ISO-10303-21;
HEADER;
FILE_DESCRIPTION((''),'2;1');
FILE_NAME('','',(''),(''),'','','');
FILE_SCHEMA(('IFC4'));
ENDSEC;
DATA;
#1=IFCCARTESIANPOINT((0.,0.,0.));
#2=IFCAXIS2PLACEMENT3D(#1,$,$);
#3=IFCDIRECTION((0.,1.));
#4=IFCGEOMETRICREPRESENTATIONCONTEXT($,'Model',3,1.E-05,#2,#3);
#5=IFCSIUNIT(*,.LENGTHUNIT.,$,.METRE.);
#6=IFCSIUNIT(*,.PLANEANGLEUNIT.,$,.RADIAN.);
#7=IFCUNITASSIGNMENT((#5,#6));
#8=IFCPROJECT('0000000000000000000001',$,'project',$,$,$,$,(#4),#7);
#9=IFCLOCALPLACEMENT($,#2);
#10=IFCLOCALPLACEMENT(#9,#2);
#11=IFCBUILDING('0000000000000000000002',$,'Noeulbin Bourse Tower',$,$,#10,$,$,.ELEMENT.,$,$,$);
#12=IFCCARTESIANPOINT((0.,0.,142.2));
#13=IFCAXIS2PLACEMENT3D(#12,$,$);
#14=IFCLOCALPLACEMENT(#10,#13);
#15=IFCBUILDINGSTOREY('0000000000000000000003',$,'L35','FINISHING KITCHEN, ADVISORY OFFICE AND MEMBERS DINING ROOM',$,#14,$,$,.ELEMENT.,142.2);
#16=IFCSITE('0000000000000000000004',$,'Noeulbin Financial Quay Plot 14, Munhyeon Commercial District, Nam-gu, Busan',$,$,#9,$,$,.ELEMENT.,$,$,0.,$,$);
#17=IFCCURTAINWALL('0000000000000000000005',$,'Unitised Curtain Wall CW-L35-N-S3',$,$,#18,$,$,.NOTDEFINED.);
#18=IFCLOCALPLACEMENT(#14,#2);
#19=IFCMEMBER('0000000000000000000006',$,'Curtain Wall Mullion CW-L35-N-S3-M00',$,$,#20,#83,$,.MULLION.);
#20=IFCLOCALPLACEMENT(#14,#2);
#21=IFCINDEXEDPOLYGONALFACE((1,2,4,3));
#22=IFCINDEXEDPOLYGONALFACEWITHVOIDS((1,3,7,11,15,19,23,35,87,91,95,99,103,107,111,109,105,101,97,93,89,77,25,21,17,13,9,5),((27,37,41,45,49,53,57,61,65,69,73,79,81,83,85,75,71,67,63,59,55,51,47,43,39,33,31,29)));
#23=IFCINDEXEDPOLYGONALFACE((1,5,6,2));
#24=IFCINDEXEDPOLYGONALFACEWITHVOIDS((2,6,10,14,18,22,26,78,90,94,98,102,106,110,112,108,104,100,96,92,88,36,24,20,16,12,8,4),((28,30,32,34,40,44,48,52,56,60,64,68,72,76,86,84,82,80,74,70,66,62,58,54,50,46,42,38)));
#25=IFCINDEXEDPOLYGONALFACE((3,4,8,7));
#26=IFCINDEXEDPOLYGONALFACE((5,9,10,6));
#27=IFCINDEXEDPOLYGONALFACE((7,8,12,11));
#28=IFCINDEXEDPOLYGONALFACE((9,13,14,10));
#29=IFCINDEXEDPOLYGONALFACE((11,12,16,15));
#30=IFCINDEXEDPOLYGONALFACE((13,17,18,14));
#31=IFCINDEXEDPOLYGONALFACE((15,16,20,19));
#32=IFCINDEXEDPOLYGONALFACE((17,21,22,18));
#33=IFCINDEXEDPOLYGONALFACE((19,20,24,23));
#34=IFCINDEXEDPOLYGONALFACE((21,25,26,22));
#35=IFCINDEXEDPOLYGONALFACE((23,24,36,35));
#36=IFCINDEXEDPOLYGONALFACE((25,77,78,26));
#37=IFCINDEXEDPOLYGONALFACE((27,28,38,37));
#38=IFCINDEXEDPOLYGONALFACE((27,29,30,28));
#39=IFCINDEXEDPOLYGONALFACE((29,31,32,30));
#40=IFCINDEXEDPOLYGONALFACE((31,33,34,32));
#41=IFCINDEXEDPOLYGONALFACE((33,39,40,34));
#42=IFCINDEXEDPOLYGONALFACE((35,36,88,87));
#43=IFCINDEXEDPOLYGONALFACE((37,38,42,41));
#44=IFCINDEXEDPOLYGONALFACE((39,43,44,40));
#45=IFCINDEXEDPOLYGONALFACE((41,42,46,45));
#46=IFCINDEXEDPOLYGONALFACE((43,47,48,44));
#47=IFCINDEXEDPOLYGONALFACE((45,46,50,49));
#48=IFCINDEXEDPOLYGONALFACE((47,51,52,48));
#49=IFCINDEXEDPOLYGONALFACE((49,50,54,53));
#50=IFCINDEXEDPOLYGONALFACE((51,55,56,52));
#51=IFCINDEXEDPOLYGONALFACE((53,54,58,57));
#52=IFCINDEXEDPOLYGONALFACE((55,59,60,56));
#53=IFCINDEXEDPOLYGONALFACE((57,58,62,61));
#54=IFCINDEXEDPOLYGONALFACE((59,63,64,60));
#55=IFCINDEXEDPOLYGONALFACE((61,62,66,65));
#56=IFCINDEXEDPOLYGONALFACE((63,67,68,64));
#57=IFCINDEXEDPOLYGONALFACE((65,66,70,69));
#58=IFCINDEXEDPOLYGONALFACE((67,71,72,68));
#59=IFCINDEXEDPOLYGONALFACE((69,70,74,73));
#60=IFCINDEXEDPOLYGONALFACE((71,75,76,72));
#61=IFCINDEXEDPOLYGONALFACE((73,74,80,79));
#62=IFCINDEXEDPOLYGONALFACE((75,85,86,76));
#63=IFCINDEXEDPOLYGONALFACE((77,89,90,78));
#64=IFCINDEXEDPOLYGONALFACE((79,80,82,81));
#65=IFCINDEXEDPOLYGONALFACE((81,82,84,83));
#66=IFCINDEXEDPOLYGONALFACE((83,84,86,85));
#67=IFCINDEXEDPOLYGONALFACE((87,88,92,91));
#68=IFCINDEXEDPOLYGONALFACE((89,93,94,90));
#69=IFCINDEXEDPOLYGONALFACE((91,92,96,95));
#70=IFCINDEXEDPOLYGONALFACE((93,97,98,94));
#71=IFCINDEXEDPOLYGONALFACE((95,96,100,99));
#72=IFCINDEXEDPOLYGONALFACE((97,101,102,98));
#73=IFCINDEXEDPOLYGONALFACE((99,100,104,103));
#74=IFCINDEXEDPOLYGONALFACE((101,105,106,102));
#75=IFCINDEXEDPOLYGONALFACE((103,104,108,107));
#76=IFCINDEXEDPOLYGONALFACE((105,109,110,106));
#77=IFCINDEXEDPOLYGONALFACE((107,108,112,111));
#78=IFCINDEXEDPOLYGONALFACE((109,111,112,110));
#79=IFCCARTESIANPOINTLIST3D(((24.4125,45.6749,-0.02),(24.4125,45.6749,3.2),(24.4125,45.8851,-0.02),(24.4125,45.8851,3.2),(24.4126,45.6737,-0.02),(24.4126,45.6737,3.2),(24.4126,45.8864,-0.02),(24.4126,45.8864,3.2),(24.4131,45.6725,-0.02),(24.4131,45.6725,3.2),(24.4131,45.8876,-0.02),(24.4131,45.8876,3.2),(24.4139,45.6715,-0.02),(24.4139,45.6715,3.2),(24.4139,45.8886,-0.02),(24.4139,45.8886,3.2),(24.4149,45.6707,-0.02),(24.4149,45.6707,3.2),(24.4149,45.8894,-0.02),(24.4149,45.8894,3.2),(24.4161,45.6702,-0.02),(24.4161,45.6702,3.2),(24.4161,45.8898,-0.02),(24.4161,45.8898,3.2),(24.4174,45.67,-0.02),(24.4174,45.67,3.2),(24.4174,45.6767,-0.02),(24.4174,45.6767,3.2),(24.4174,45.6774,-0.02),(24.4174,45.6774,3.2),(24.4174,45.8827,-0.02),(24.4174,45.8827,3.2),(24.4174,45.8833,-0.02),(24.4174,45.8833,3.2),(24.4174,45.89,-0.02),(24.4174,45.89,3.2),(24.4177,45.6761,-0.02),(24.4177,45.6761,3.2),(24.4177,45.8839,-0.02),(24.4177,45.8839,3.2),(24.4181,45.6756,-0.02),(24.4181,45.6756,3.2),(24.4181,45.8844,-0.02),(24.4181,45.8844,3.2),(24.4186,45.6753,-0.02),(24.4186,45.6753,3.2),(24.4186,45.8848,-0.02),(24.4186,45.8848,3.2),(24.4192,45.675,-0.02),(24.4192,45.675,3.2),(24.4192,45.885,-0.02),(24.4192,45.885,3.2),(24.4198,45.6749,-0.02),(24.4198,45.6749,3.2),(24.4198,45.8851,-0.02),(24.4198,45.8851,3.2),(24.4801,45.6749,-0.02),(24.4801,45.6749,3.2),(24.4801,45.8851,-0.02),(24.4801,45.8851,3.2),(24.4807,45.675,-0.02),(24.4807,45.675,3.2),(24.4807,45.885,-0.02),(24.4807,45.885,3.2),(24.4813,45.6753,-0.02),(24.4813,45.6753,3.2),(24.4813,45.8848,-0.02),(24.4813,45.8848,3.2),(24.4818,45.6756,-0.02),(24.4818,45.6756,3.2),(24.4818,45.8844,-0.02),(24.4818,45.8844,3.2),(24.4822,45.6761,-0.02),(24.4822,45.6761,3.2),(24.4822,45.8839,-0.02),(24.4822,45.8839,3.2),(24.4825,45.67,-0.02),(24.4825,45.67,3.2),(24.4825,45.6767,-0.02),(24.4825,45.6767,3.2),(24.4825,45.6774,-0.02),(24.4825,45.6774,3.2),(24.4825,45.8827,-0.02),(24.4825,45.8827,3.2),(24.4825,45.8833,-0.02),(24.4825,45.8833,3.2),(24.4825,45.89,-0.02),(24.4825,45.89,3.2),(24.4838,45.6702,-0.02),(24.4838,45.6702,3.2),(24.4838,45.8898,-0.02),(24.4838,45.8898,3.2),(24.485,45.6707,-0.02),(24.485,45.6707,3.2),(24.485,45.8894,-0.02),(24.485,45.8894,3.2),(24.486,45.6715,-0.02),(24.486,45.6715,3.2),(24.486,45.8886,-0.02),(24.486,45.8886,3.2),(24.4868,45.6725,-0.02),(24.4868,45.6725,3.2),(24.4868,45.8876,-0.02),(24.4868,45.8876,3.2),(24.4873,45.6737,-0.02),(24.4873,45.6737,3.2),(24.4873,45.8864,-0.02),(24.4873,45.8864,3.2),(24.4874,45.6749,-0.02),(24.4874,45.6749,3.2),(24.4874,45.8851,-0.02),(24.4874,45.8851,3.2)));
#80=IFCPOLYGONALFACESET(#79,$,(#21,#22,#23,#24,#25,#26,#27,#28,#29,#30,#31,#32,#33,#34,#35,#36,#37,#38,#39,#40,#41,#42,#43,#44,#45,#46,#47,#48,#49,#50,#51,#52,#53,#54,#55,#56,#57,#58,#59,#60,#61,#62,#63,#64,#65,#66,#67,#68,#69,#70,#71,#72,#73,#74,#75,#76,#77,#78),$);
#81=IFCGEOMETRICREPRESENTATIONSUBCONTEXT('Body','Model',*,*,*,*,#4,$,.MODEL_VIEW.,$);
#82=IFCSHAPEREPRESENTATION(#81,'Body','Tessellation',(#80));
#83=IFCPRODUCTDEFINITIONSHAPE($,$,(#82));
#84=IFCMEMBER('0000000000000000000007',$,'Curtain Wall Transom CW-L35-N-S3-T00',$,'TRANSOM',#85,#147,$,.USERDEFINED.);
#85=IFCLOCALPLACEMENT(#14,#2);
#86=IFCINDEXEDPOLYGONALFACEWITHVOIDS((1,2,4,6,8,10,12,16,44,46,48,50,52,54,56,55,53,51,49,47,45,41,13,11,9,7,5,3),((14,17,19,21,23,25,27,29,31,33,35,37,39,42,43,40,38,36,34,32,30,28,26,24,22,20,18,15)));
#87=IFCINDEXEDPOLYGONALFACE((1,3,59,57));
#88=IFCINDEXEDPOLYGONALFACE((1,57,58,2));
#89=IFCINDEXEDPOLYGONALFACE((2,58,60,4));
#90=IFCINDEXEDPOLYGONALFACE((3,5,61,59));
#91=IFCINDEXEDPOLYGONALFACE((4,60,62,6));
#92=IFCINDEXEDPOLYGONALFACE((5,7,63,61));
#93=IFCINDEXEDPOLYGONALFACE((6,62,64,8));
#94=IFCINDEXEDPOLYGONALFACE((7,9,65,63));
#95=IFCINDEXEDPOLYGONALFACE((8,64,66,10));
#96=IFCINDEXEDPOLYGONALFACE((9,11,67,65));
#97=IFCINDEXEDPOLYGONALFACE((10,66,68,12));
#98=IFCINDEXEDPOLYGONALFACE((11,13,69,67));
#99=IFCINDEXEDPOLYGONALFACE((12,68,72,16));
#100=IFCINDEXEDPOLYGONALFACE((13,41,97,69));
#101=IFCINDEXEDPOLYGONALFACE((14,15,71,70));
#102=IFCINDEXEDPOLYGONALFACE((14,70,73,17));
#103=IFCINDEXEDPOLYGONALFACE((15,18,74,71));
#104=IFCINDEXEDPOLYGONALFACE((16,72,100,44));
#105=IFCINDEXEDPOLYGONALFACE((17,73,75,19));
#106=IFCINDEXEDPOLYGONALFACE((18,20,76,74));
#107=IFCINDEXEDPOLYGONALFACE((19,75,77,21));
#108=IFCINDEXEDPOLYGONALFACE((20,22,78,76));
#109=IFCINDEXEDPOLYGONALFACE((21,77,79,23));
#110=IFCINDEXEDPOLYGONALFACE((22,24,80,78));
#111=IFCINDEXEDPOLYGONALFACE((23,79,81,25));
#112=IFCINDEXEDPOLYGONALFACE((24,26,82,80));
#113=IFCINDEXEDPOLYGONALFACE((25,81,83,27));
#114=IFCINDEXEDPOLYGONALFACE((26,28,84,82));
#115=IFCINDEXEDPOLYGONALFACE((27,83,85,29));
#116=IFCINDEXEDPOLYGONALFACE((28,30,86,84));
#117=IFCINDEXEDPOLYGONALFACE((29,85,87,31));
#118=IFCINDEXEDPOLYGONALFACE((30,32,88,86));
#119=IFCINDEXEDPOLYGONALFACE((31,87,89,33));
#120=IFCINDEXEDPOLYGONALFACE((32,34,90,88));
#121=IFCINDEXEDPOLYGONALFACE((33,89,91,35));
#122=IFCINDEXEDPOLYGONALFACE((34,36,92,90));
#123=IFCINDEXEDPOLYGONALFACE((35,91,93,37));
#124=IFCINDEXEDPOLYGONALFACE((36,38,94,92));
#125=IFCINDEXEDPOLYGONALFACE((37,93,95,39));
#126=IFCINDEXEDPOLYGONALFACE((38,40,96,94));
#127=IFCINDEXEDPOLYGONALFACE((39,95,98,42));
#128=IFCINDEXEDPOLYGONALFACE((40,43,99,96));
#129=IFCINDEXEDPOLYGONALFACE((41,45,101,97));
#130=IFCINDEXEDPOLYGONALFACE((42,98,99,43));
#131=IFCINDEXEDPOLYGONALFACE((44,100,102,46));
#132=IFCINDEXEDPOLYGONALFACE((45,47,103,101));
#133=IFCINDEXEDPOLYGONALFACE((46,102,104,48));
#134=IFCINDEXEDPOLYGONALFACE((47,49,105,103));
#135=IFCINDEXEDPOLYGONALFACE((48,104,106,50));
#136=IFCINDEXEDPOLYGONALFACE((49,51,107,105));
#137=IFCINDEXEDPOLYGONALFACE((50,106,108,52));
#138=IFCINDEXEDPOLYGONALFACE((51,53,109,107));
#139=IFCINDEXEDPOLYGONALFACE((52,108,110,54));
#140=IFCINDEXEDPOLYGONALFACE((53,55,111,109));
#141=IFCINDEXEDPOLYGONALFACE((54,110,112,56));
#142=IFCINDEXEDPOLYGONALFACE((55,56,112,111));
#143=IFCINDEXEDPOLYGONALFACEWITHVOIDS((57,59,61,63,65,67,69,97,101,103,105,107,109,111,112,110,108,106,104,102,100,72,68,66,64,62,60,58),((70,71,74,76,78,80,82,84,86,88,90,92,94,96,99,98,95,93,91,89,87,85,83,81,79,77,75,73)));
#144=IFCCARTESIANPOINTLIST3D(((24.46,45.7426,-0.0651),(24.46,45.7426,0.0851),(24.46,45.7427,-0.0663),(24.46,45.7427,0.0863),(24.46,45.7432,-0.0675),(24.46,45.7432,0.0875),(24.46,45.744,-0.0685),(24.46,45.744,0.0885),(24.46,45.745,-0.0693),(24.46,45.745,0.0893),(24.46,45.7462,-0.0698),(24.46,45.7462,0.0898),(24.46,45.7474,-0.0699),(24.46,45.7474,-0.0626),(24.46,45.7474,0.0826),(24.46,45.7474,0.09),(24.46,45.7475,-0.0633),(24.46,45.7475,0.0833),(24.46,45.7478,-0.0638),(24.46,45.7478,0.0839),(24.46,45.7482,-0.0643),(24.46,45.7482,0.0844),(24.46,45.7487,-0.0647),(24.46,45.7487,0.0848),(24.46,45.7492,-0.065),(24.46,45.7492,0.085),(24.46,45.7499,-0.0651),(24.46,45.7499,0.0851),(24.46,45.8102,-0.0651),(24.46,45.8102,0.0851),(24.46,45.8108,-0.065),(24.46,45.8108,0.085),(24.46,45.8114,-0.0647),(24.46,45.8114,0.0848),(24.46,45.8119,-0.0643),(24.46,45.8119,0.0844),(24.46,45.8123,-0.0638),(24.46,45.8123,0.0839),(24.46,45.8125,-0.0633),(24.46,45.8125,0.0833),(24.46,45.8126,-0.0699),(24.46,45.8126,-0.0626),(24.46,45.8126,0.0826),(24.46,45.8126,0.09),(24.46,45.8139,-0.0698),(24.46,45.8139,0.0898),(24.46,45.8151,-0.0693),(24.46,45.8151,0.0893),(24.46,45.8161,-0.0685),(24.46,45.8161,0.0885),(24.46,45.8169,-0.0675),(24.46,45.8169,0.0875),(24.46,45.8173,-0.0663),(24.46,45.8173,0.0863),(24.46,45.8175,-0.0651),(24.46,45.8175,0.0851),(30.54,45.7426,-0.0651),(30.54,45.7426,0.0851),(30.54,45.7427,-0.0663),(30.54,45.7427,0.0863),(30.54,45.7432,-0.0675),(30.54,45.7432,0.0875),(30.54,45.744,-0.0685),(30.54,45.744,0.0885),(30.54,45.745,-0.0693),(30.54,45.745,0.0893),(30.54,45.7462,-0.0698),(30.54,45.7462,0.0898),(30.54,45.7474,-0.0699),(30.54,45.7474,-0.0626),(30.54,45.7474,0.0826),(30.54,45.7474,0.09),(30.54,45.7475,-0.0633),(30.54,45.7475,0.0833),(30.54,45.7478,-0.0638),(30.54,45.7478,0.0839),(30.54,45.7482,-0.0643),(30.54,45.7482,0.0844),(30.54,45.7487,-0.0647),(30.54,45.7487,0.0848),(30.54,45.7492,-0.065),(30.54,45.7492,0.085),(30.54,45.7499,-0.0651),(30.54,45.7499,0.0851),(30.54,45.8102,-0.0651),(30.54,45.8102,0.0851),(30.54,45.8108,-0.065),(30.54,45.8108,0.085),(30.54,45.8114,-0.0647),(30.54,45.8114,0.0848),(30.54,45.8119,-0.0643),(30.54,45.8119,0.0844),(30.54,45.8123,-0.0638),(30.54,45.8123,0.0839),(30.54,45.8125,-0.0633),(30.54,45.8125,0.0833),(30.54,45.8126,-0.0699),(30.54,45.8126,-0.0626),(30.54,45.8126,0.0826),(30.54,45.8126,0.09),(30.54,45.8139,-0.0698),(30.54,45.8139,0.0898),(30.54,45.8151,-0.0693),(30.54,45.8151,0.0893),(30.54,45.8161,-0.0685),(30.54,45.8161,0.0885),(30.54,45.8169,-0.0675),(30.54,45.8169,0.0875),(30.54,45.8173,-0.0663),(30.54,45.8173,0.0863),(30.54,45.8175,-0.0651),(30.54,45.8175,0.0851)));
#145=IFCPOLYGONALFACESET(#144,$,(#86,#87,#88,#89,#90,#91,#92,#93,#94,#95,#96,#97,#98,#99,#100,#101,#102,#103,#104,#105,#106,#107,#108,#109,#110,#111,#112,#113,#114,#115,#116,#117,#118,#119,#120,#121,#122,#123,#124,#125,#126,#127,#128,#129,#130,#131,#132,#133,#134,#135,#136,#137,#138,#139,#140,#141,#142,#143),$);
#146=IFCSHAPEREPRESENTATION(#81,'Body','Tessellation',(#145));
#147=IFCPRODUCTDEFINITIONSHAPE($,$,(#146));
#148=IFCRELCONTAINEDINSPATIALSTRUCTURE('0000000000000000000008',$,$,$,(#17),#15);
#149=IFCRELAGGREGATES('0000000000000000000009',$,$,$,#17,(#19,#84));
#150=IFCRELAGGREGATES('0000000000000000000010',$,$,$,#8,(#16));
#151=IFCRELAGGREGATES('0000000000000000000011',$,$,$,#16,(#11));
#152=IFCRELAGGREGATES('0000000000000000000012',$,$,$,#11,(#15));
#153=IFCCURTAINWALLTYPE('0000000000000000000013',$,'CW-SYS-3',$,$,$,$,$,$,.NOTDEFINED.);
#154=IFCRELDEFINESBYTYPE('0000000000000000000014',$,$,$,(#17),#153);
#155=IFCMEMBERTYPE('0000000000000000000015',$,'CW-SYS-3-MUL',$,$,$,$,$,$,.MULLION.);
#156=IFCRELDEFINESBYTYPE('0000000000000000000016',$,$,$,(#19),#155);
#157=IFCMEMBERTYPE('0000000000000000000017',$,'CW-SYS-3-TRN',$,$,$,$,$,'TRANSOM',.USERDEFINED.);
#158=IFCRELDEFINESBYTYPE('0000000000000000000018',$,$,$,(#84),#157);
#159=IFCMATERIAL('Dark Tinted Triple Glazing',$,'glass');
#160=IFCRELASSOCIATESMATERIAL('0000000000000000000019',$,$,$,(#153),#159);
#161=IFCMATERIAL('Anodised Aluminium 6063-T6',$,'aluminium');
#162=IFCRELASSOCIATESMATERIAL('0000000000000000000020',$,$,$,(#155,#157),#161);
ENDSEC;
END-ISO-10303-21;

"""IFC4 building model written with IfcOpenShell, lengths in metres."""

from ifc_helpers import new_model, si_unit, direction, frame, origin, origin_2d, place, context, subcontext, project, spatial, hollow_rectangle, extrude, material, material_profile, profile_set, type_object, element, aggregate, save


model = new_model("IFC4")

# Units and contexts
model_context = context("Model", 3, precision=1e-05, world=origin(), true_north=direction((0.0, 1.0)))
body_context = subcontext(model_context, "Body", "Model", "MODEL_VIEW")
ifc_project = project(units=[si_unit("LENGTHUNIT", "METRE"), si_unit("PLANEANGLEUNIT", "RADIAN")], contexts=[model_context])

# Site, building, storey
site_placement = place(None, origin())
site = spatial("IfcSite", under=ifc_project, at=site_placement, Name="Noeulbin Financial Quay Plot 14, Munhyeon Commercial District, Nam-gu, Busan", CompositionType="ELEMENT", RefElevation=0.0)
building_placement = place(site_placement, origin())
building = spatial("IfcBuilding", under=site, at=building_placement, Name="Noeulbin Bourse Tower", CompositionType="ELEMENT")
storey_placement = place(building_placement, frame((0.0, 0.0, 142.2)))
storey = spatial("IfcBuildingStorey", under=building, at=storey_placement, Name="L35", Description="FINISHING KITCHEN, ADVISORY OFFICE AND MEMBERS DINING ROOM", CompositionType="ELEMENT", Elevation=142.2)

# Curtain wall, members
ifc_material_1 = material(Name="Dark Tinted Triple Glazing", Category="glass")
curtain_wall_type = type_object("IfcCurtainWallType", Name="CW-SYS-3", PredefinedType="NOTDEFINED", material=ifc_material_1)
ifc_material_2 = material(Name="Anodised Aluminium 6063-T6", Category="aluminium")
ifc_material_profile_1 = material_profile(ifc_material_2, hollow_rectangle(XDim=0.075, YDim=0.22, WallThickness=0.0049, InnerFilletRadius=0.0024, OuterFilletRadius=0.0049, at=origin_2d()), Name="ALU-MULL-75x220x5", Category="LoadBearing")
ifc_profile_set_1 = profile_set([ifc_material_profile_1], Name="Anodised Aluminium 6063-T6")
member_type_1 = type_object("IfcMemberType", Name="CW-SYS-3-MUL", PredefinedType="MULLION", material=ifc_profile_set_1)
curtain_wall_1_placement = place(storey_placement, origin())
curtain_wall_1 = element("IfcCurtainWall", 1, at=curtain_wall_1_placement, inside=storey, type_object=curtain_wall_type, Name="Unitised Curtain Wall CW-L35-N-S3", PredefinedType="NOTDEFINED")
member_1_placement = place(storey_placement, frame((24.45, 45.78, -0.02), z_axis=(0.0, 0.0, 1.0), x_axis=(1.0, 0.0, 0.0)))
member_1 = element("IfcMember", 2, at=member_1_placement, type_object=member_type_1, Name="Curtain Wall Mullion CW-L35-N-S3-M00", PredefinedType="MULLION", context=body_context, shape_type="SweptSolid", body=[
    extrude(hollow_rectangle(XDim=0.075, YDim=0.22, WallThickness=0.0049, InnerFilletRadius=0.0024, OuterFilletRadius=0.0049, at=origin_2d()), origin(), (0.0, 0.0, 1.0), 3.22),
])
ifc_material_profile_2 = material_profile(ifc_material_2, hollow_rectangle(XDim=0.075, YDim=0.1599, WallThickness=0.0049, InnerFilletRadius=0.0024, OuterFilletRadius=0.0049, at=origin_2d()), Name="ALU-TRAN-75x160x5", Category="LoadBearing")
ifc_profile_set_2 = profile_set([ifc_material_profile_2], Name="Anodised Aluminium 6063-T6")
member_type_2 = type_object("IfcMemberType", Name="CW-SYS-3-TRN", ElementType="TRANSOM", PredefinedType="USERDEFINED", material=ifc_profile_set_2)
member_2_placement = place(storey_placement, frame((24.46, 45.78, 0.01), z_axis=(1.0, 0.0, 0.0), x_axis=(0.0, 1.0, 0.0)))
member_2 = element("IfcMember", 3, at=member_2_placement, type_object=member_type_2, Name="Curtain Wall Transom CW-L35-N-S3-T00", ObjectType="TRANSOM", PredefinedType="USERDEFINED", context=body_context, shape_type="SweptSolid", body=[
    extrude(hollow_rectangle(XDim=0.075, YDim=0.1599, WallThickness=0.0049, InnerFilletRadius=0.0024, OuterFilletRadius=0.0049, at=origin_2d()), origin(), (0.0, 0.0, 1.0), 6.0801),
])

aggregate(curtain_wall_1, [member_1, member_2])

save(model, "model.ifc")
